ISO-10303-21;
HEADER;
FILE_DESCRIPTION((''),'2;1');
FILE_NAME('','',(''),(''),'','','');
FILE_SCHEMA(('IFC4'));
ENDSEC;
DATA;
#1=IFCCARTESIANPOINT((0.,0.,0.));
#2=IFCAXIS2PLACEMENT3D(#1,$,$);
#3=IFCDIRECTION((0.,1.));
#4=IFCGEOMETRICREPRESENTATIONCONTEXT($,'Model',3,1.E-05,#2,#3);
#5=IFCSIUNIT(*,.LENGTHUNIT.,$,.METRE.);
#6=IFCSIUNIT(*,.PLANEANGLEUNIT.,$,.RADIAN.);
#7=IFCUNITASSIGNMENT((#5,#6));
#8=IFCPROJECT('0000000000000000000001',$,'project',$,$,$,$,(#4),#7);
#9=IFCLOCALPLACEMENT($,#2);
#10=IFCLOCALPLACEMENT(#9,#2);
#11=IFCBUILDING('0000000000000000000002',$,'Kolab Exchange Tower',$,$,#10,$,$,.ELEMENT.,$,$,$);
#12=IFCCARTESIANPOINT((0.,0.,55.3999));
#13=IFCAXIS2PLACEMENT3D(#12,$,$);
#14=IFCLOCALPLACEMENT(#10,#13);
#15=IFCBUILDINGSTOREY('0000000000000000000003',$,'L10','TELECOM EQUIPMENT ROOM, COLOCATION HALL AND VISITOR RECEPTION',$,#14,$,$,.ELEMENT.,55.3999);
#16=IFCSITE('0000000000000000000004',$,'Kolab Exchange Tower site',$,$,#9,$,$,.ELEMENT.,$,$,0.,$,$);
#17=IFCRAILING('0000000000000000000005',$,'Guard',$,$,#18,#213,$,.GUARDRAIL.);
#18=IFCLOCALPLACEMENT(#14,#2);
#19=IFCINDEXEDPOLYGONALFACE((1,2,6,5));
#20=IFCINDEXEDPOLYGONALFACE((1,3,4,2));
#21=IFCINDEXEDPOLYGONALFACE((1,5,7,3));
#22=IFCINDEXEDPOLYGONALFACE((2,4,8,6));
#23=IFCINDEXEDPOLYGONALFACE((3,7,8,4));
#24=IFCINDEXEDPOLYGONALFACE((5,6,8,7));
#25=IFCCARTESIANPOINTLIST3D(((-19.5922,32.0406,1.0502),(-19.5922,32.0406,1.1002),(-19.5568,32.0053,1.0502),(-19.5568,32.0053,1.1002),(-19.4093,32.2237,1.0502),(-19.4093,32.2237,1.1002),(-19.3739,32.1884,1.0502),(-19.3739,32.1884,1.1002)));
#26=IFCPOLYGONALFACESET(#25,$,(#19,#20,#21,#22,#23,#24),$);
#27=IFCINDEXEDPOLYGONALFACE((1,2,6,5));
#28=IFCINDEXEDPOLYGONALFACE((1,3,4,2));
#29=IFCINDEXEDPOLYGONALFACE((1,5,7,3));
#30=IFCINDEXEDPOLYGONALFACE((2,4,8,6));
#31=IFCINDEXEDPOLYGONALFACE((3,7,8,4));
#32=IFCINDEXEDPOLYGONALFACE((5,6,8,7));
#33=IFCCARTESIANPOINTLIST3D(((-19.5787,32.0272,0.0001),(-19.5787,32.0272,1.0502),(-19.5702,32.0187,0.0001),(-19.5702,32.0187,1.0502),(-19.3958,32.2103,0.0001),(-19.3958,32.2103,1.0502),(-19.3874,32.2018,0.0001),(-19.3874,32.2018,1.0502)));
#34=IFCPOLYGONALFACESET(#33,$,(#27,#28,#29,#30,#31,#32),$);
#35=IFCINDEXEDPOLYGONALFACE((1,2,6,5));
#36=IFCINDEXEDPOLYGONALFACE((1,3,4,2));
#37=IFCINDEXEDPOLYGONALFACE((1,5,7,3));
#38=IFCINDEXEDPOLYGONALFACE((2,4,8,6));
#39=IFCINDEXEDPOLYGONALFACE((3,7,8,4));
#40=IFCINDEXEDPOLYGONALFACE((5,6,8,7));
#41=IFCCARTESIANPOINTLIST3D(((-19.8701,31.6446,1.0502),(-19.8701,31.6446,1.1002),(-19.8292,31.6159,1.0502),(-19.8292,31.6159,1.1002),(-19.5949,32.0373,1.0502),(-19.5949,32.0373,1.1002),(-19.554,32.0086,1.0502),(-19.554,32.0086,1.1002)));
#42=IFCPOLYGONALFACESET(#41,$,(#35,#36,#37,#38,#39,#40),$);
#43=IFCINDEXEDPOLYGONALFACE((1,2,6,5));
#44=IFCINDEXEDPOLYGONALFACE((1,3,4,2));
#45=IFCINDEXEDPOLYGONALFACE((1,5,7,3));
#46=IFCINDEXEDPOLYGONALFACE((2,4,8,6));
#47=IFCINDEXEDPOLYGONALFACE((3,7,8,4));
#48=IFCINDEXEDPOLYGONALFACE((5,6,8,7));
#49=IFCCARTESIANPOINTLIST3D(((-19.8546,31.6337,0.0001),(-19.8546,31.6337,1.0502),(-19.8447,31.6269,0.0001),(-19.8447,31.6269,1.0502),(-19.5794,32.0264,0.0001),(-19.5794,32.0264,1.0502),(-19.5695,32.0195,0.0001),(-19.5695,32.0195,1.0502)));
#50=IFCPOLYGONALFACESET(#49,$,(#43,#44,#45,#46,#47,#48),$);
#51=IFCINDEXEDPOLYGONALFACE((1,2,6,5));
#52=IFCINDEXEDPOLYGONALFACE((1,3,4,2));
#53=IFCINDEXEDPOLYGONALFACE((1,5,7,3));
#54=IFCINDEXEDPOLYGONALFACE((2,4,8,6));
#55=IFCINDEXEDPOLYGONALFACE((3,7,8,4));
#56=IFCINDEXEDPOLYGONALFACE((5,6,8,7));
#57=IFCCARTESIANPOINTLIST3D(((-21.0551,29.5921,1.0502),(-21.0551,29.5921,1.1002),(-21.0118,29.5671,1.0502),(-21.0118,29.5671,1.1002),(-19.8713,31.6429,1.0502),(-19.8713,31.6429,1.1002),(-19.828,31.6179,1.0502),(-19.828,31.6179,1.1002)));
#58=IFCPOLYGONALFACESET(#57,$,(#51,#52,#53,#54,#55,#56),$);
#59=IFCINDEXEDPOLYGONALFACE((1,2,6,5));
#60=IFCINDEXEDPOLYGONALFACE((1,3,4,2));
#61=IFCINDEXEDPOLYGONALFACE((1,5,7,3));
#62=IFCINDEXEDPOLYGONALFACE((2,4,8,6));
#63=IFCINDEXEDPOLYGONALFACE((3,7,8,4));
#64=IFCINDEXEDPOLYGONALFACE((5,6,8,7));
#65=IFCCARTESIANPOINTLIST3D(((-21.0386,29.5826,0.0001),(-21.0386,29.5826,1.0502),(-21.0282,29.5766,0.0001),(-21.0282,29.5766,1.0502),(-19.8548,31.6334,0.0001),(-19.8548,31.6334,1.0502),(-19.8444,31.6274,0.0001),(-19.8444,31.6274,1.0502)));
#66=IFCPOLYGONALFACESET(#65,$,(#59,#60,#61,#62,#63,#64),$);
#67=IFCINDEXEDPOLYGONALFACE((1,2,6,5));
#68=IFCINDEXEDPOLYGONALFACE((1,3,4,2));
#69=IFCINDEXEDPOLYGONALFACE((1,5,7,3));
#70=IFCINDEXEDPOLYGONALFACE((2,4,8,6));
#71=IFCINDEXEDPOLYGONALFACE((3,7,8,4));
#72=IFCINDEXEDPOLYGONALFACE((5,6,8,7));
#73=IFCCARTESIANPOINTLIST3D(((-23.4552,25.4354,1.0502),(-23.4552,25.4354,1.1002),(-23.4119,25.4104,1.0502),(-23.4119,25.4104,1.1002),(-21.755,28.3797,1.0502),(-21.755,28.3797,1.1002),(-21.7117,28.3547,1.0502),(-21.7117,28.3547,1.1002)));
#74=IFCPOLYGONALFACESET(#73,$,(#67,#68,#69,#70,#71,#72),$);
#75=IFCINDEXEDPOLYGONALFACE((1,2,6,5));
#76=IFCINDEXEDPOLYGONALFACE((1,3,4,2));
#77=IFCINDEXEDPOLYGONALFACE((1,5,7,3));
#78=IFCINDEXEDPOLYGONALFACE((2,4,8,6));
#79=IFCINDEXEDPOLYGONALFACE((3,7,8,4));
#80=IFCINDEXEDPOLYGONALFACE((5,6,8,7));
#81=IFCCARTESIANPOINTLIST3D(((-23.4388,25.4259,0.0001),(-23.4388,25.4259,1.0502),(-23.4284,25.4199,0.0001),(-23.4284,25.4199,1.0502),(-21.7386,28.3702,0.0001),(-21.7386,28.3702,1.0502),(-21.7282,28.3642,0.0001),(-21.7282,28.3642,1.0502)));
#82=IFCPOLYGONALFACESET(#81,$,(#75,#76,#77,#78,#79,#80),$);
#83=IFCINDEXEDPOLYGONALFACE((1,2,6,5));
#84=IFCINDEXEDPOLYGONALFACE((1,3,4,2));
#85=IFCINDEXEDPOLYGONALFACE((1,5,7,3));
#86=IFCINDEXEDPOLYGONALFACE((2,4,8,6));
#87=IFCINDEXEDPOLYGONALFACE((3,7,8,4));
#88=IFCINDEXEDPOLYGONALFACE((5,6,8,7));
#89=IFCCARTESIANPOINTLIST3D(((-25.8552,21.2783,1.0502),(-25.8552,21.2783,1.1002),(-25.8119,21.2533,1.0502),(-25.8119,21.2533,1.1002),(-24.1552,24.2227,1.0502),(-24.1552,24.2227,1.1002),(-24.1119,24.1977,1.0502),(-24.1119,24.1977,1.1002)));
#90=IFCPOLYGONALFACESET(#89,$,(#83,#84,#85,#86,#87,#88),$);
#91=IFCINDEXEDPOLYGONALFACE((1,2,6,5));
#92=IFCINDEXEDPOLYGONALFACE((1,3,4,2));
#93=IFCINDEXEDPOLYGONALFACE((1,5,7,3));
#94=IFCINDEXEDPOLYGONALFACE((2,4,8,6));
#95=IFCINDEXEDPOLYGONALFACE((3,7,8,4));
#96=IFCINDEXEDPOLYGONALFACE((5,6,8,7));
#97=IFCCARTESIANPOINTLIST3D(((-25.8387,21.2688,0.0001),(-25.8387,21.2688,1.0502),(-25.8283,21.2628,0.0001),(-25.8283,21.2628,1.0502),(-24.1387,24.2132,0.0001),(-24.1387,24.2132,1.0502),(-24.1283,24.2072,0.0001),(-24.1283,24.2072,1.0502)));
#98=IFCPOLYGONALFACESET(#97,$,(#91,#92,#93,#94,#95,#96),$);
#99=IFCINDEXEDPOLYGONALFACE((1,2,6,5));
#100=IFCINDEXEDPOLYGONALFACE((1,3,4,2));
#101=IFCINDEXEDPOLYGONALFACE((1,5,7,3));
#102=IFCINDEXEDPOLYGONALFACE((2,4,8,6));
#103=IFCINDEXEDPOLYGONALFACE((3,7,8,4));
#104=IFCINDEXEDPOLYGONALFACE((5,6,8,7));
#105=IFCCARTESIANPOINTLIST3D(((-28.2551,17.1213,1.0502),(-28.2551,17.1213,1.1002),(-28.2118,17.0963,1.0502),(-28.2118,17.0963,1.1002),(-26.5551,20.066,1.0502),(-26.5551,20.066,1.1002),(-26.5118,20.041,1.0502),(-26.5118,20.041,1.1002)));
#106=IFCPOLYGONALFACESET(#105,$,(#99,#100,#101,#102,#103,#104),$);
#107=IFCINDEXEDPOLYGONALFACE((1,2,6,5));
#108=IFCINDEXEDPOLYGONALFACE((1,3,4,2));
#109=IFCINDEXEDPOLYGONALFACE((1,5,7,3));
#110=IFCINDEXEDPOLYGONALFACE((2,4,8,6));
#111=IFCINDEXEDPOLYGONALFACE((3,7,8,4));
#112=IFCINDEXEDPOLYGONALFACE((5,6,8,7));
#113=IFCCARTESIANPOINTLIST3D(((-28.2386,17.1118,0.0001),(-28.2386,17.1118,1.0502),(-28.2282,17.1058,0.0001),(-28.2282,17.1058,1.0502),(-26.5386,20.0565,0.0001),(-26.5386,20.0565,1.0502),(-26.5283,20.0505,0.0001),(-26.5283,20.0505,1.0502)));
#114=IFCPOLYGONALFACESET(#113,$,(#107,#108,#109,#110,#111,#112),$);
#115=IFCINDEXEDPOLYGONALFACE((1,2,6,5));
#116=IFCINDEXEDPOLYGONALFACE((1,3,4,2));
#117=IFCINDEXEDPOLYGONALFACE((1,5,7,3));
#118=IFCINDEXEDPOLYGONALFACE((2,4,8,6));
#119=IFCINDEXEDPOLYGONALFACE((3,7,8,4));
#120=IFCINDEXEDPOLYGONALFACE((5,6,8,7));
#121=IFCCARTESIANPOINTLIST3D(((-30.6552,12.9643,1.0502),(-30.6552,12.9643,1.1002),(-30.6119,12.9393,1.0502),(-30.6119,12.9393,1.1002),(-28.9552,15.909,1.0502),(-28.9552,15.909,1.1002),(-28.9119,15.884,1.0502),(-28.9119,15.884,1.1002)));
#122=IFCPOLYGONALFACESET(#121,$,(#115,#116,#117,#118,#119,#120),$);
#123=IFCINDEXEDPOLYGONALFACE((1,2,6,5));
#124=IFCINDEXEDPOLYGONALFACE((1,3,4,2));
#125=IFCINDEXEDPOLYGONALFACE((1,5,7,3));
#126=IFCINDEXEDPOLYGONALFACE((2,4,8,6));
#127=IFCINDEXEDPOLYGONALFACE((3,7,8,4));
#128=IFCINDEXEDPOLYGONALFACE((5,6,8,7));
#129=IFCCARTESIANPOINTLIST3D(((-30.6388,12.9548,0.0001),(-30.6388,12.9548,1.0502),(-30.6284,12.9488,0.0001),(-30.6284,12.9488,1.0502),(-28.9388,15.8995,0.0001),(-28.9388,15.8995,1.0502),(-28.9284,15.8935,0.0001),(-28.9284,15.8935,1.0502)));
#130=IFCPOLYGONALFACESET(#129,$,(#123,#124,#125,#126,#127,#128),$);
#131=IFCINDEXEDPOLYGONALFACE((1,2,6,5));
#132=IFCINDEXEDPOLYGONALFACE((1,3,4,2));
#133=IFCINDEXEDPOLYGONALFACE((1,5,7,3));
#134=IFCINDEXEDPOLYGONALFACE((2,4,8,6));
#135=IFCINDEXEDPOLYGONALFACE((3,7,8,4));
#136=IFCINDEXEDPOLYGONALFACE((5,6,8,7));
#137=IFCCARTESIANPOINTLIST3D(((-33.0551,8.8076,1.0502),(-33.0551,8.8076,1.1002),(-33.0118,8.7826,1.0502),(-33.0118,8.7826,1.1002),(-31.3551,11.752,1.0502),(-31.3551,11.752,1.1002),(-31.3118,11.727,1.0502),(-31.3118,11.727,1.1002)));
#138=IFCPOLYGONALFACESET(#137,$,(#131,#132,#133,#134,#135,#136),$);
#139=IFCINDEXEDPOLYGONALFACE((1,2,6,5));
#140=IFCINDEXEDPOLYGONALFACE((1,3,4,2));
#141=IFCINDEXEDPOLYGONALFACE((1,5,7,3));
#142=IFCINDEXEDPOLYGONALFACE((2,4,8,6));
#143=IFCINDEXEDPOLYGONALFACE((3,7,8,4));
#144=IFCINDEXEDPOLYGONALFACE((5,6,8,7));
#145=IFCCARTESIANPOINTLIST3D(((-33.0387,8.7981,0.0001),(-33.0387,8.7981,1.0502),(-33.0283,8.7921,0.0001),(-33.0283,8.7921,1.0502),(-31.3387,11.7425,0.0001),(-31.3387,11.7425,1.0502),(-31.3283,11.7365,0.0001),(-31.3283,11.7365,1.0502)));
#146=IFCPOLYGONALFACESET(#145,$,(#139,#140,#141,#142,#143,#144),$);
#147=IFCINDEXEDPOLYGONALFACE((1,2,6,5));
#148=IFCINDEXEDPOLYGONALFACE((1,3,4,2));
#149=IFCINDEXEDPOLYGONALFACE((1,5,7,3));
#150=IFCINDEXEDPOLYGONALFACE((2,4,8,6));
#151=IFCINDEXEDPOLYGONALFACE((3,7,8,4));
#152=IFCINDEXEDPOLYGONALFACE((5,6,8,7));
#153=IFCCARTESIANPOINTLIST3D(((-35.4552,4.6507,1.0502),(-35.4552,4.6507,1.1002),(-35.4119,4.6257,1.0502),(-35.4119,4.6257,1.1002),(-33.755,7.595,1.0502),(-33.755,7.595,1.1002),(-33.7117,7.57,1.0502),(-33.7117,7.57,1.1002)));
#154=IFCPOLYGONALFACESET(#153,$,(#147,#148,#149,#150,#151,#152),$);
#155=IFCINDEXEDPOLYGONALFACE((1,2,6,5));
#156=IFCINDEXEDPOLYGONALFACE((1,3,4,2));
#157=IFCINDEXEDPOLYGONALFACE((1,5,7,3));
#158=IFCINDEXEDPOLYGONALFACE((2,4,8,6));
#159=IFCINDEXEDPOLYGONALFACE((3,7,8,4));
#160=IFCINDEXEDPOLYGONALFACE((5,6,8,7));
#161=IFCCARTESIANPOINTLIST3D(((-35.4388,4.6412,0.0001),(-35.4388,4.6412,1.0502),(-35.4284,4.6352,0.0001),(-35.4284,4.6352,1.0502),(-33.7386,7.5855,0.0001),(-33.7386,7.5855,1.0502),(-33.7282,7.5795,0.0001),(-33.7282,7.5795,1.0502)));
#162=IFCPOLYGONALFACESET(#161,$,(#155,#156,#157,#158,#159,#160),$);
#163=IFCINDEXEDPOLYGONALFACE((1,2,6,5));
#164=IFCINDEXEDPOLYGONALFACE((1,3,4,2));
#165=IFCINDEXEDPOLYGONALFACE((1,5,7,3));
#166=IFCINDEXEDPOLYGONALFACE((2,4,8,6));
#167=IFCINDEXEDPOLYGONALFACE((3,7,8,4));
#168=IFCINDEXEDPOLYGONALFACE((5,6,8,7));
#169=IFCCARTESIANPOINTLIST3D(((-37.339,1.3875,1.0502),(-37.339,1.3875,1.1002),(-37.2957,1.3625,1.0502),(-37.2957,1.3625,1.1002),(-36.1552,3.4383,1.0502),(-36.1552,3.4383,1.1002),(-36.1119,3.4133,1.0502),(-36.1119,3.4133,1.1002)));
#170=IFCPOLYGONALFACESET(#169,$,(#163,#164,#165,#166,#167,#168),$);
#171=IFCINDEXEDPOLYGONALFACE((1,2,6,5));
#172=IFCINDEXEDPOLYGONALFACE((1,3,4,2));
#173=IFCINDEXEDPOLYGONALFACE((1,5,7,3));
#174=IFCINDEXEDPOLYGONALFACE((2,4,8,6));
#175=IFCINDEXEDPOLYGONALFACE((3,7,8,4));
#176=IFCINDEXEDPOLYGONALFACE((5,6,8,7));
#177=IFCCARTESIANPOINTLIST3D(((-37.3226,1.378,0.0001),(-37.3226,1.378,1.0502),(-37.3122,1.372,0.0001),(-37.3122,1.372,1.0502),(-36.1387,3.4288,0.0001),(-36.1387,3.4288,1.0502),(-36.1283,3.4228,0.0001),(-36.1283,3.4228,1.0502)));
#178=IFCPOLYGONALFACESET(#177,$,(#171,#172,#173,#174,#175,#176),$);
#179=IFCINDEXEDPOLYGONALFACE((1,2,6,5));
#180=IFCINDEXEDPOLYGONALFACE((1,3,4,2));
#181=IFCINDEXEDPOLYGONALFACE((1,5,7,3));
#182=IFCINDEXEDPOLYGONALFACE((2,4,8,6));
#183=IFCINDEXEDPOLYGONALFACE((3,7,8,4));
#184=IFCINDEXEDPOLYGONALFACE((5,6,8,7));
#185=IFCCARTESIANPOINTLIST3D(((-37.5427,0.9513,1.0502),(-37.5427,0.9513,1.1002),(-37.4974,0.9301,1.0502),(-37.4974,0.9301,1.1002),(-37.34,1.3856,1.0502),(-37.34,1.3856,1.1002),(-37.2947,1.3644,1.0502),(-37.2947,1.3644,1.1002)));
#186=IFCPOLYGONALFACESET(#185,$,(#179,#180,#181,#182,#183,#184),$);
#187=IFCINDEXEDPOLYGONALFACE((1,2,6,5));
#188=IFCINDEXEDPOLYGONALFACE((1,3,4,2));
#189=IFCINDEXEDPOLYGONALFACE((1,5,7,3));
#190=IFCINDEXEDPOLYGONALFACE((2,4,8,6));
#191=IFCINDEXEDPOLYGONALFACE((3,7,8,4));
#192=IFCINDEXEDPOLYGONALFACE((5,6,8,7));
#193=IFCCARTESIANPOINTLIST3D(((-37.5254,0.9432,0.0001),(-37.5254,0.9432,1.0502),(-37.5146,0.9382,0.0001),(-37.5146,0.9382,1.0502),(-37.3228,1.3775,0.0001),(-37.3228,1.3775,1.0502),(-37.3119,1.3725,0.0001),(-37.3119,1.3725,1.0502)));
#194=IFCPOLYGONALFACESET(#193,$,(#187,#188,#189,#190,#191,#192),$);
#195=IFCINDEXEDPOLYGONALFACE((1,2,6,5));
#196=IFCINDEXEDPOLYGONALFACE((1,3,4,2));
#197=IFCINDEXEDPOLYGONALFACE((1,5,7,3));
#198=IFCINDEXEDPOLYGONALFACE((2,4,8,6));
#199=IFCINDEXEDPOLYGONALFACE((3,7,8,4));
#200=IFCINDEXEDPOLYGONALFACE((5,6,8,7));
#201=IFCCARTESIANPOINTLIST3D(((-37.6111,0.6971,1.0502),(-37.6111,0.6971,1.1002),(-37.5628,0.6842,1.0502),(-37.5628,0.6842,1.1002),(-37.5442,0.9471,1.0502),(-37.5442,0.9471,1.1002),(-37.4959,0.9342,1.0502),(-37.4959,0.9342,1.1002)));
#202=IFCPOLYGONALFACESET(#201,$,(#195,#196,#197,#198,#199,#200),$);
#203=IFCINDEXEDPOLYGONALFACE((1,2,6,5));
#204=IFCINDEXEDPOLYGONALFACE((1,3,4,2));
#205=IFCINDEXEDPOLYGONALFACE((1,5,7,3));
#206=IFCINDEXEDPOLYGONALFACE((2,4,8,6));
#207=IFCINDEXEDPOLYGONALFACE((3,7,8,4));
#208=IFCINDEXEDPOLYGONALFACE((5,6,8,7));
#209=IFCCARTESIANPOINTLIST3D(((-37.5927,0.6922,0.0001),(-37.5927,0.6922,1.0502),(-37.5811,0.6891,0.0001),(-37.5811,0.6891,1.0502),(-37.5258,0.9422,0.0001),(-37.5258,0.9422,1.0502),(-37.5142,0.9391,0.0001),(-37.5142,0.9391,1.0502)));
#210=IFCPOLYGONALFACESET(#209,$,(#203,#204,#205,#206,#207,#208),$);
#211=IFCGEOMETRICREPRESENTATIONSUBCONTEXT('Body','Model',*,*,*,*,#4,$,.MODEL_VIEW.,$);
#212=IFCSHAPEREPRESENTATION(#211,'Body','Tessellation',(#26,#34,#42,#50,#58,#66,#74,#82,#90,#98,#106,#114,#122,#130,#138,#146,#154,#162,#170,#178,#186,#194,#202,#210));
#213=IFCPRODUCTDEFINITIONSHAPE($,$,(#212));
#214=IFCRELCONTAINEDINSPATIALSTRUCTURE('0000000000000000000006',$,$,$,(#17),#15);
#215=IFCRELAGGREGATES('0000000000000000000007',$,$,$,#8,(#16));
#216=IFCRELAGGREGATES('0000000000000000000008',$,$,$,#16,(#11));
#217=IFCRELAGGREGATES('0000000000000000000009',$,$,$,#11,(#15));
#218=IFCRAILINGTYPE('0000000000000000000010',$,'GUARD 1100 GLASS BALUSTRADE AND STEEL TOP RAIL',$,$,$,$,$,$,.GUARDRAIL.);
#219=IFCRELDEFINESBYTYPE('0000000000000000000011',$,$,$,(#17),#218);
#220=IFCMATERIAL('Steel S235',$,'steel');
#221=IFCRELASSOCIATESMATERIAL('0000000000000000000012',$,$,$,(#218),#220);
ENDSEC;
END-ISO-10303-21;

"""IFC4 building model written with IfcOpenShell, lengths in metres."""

from ifc_helpers import new_model, si_unit, direction, frame, frame_2d, origin, origin_2d, place, context, subcontext, project, spatial, rectangle, extrude, material, type_object, element, save


model = new_model("IFC4")

# Units and contexts
model_context = context("Model", 3, precision=1e-05, world=origin(), true_north=direction((0.0, 1.0)))
body_context = subcontext(model_context, "Body", "Model", "MODEL_VIEW")
ifc_project = project(units=[si_unit("LENGTHUNIT", "METRE"), si_unit("PLANEANGLEUNIT", "RADIAN")], contexts=[model_context])

# Site, building, storey
site_placement = place(None, origin())
site = spatial("IfcSite", under=ifc_project, at=site_placement, Name="Kolab Exchange Tower site", CompositionType="ELEMENT", RefElevation=0.0)
building_placement = place(site_placement, origin())
building = spatial("IfcBuilding", under=site, at=building_placement, Name="Kolab Exchange Tower", CompositionType="ELEMENT")
storey_placement = place(building_placement, frame((0.0, 0.0, 55.3999)))
storey = spatial("IfcBuildingStorey", under=building, at=storey_placement, Name="L10", Description="TELECOM EQUIPMENT ROOM, COLOCATION HALL AND VISITOR RECEPTION", CompositionType="ELEMENT", Elevation=55.3999)

# Railing
ifc_material_1 = material(Name="Steel S235", Category="steel")
railing_type = type_object("IfcRailingType", Name="GUARD 1100 GLASS BALUSTRADE AND STEEL TOP RAIL", PredefinedType="GUARDRAIL", material=ifc_material_1)
railing_placement = place(storey_placement, frame((-19.3916, 32.2061, 0.0)))
element("IfcRailing", 1, at=railing_placement, inside=storey, type_object=railing_type, Name="Guard", PredefinedType="GUARDRAIL", context=body_context, shape_type="SweptSolid", body=[
    extrude(rectangle(XDim=0.05, YDim=0.05, at=origin_2d()), frame((0.0, 0.0, 1.0752), z_axis=(-0.706635, -0.707578, 0.0), x_axis=(0.707578, -0.706635, 0.0)), (0.0, 0.0, 1.0), 0.2588),
    extrude(rectangle(XDim=0.012, YDim=1.0501, at=frame_2d((0.0, 0.5251))), frame((0.0, 0.0, 0.0), z_axis=(-0.706635, -0.707578, 0.0), x_axis=(0.707578, -0.706635, 0.0)), (0.0, 0.0, 1.0), 0.2588),
    extrude(rectangle(XDim=0.05, YDim=0.05, at=origin_2d()), frame((-0.1829, -0.1831, 1.0752), z_axis=(-0.573941, -0.818897, 0.0), x_axis=(0.818897, -0.573941, 0.0)), (0.0, 0.0, 1.0), 0.4795),
    extrude(rectangle(XDim=0.012, YDim=1.0501, at=frame_2d((0.0, 0.5251))), frame((-0.1829, -0.1831, 0.0), z_axis=(-0.573941, -0.818897, 0.0), x_axis=(0.818897, -0.573941, 0.0)), (0.0, 0.0, 1.0), 0.4795),
    extrude(rectangle(XDim=0.05, YDim=0.05, at=origin_2d()), frame((-0.458, -0.5757, 1.0752), z_axis=(-0.499943, -0.866059, 0.0), x_axis=(0.866059, -0.499943, 0.0)), (0.0, 0.0, 1.0), 2.3679),
    extrude(rectangle(XDim=0.012, YDim=1.0501, at=frame_2d((0.0, 0.5251))), frame((-0.458, -0.5757, 0.0), z_axis=(-0.499943, -0.866059, 0.0), x_axis=(0.866059, -0.499943, 0.0)), (0.0, 0.0, 1.0), 2.3679),
    extrude(rectangle(XDim=0.05, YDim=0.05, at=origin_2d()), frame((-2.3418, -3.8389, 1.0752), z_axis=(-0.500062, -0.865989, 0.0), x_axis=(0.865989, -0.500062, 0.0)), (0.0, 0.0, 1.0), 3.3999),
    extrude(rectangle(XDim=0.012, YDim=1.0501, at=frame_2d((0.0, 0.5251))), frame((-2.3418, -3.8389, 0.0), z_axis=(-0.500062, -0.865989, 0.0), x_axis=(0.865989, -0.500062, 0.0)), (0.0, 0.0, 1.0), 3.3999),
    extrude(rectangle(XDim=0.05, YDim=0.05, at=origin_2d()), frame((-4.7419, -7.9958, 1.0752), z_axis=(-0.500008, -0.866021, 0.0), x_axis=(0.866021, -0.500008, 0.0)), (0.0, 0.0, 1.0), 3.3999),
    extrude(rectangle(XDim=0.012, YDim=1.0501, at=frame_2d((0.0, 0.5251))), frame((-4.7419, -7.9958, 0.0), z_axis=(-0.500008, -0.866021, 0.0), x_axis=(0.866021, -0.500008, 0.0)), (0.0, 0.0, 1.0), 3.3999),
    extrude(rectangle(XDim=0.05, YDim=0.05, at=origin_2d()), frame((-7.1418, -12.1526, 1.0752), z_axis=(-0.499977, -0.866039, 0.0), x_axis=(0.866039, -0.499977, 0.0)), (0.0, 0.0, 1.0), 3.4001),
    extrude(rectangle(XDim=0.012, YDim=1.0501, at=frame_2d((0.0, 0.5251))), frame((-7.1418, -12.1526, 0.0), z_axis=(-0.499977, -0.866039, 0.0), x_axis=(0.866039, -0.499977, 0.0)), (0.0, 0.0, 1.0), 3.4001),
    extrude(rectangle(XDim=0.05, YDim=0.05, at=origin_2d()), frame((-9.542, -16.3096, 1.0752), z_axis=(-0.499977, -0.866039, 0.0), x_axis=(0.866039, -0.499977, 0.0)), (0.0, 0.0, 1.0), 3.4001),
    extrude(rectangle(XDim=0.012, YDim=1.0501, at=frame_2d((0.0, 0.5251))), frame((-9.542, -16.3096, 0.0), z_axis=(-0.499977, -0.866039, 0.0), x_axis=(0.866039, -0.499977, 0.0)), (0.0, 0.0, 1.0), 3.4001),
    extrude(rectangle(XDim=0.05, YDim=0.05, at=origin_2d()), frame((-11.9419, -20.4666, 1.0752), z_axis=(-0.500008, -0.866021, 0.0), x_axis=(0.866021, -0.500008, 0.0)), (0.0, 0.0, 1.0), 3.3999),
    extrude(rectangle(XDim=0.012, YDim=1.0501, at=frame_2d((0.0, 0.5251))), frame((-11.9419, -20.4666, 0.0), z_axis=(-0.500008, -0.866021, 0.0), x_axis=(0.866021, -0.500008, 0.0)), (0.0, 0.0, 1.0), 3.3999),
    extrude(rectangle(XDim=0.05, YDim=0.05, at=origin_2d()), frame((-14.3418, -24.6235, 1.0752), z_axis=(-0.500062, -0.865989, 0.0), x_axis=(0.865989, -0.500062, 0.0)), (0.0, 0.0, 1.0), 3.3999),
    extrude(rectangle(XDim=0.012, YDim=1.0501, at=frame_2d((0.0, 0.5251))), frame((-14.3418, -24.6235, 0.0), z_axis=(-0.500062, -0.865989, 0.0), x_axis=(0.865989, -0.500062, 0.0)), (0.0, 0.0, 1.0), 3.3999),
    extrude(rectangle(XDim=0.05, YDim=0.05, at=origin_2d()), frame((-16.7419, -28.7803, 1.0752), z_axis=(-0.499943, -0.866059, 0.0), x_axis=(0.866059, -0.499943, 0.0)), (0.0, 0.0, 1.0), 2.3679),
    extrude(rectangle(XDim=0.012, YDim=1.0501, at=frame_2d((0.0, 0.5251))), frame((-16.7419, -28.7803, 0.0), z_axis=(-0.499943, -0.866059, 0.0), x_axis=(0.866059, -0.499943, 0.0)), (0.0, 0.0, 1.0), 2.3679),
    extrude(rectangle(XDim=0.05, YDim=0.05, at=origin_2d()), frame((-17.9258, -30.8311, 1.0752), z_axis=(-0.422802, -0.906222, 0.0), x_axis=(0.906222, -0.422802, 0.0)), (0.0, 0.0, 1.0), 0.4792),
    extrude(rectangle(XDim=0.012, YDim=1.0501, at=frame_2d((0.0, 0.5251))), frame((-17.9258, -30.8311, 0.0), z_axis=(-0.422802, -0.906222, 0.0), x_axis=(0.906222, -0.422802, 0.0)), (0.0, 0.0, 1.0), 0.4792),
    extrude(rectangle(XDim=0.05, YDim=0.05, at=origin_2d()), frame((-18.1284, -31.2654, 1.0752), z_axis=(-0.258485, -0.966015, 0.0), x_axis=(0.966015, -0.258485, 0.0)), (0.0, 0.0, 1.0), 0.2588),
    extrude(rectangle(XDim=0.012, YDim=1.0501, at=frame_2d((0.0, 0.5251))), frame((-18.1284, -31.2654, 0.0), z_axis=(-0.258485, -0.966015, 0.0), x_axis=(0.966015, -0.258485, 0.0)), (0.0, 0.0, 1.0), 0.2588),
])

save(model, "model.ifc")
